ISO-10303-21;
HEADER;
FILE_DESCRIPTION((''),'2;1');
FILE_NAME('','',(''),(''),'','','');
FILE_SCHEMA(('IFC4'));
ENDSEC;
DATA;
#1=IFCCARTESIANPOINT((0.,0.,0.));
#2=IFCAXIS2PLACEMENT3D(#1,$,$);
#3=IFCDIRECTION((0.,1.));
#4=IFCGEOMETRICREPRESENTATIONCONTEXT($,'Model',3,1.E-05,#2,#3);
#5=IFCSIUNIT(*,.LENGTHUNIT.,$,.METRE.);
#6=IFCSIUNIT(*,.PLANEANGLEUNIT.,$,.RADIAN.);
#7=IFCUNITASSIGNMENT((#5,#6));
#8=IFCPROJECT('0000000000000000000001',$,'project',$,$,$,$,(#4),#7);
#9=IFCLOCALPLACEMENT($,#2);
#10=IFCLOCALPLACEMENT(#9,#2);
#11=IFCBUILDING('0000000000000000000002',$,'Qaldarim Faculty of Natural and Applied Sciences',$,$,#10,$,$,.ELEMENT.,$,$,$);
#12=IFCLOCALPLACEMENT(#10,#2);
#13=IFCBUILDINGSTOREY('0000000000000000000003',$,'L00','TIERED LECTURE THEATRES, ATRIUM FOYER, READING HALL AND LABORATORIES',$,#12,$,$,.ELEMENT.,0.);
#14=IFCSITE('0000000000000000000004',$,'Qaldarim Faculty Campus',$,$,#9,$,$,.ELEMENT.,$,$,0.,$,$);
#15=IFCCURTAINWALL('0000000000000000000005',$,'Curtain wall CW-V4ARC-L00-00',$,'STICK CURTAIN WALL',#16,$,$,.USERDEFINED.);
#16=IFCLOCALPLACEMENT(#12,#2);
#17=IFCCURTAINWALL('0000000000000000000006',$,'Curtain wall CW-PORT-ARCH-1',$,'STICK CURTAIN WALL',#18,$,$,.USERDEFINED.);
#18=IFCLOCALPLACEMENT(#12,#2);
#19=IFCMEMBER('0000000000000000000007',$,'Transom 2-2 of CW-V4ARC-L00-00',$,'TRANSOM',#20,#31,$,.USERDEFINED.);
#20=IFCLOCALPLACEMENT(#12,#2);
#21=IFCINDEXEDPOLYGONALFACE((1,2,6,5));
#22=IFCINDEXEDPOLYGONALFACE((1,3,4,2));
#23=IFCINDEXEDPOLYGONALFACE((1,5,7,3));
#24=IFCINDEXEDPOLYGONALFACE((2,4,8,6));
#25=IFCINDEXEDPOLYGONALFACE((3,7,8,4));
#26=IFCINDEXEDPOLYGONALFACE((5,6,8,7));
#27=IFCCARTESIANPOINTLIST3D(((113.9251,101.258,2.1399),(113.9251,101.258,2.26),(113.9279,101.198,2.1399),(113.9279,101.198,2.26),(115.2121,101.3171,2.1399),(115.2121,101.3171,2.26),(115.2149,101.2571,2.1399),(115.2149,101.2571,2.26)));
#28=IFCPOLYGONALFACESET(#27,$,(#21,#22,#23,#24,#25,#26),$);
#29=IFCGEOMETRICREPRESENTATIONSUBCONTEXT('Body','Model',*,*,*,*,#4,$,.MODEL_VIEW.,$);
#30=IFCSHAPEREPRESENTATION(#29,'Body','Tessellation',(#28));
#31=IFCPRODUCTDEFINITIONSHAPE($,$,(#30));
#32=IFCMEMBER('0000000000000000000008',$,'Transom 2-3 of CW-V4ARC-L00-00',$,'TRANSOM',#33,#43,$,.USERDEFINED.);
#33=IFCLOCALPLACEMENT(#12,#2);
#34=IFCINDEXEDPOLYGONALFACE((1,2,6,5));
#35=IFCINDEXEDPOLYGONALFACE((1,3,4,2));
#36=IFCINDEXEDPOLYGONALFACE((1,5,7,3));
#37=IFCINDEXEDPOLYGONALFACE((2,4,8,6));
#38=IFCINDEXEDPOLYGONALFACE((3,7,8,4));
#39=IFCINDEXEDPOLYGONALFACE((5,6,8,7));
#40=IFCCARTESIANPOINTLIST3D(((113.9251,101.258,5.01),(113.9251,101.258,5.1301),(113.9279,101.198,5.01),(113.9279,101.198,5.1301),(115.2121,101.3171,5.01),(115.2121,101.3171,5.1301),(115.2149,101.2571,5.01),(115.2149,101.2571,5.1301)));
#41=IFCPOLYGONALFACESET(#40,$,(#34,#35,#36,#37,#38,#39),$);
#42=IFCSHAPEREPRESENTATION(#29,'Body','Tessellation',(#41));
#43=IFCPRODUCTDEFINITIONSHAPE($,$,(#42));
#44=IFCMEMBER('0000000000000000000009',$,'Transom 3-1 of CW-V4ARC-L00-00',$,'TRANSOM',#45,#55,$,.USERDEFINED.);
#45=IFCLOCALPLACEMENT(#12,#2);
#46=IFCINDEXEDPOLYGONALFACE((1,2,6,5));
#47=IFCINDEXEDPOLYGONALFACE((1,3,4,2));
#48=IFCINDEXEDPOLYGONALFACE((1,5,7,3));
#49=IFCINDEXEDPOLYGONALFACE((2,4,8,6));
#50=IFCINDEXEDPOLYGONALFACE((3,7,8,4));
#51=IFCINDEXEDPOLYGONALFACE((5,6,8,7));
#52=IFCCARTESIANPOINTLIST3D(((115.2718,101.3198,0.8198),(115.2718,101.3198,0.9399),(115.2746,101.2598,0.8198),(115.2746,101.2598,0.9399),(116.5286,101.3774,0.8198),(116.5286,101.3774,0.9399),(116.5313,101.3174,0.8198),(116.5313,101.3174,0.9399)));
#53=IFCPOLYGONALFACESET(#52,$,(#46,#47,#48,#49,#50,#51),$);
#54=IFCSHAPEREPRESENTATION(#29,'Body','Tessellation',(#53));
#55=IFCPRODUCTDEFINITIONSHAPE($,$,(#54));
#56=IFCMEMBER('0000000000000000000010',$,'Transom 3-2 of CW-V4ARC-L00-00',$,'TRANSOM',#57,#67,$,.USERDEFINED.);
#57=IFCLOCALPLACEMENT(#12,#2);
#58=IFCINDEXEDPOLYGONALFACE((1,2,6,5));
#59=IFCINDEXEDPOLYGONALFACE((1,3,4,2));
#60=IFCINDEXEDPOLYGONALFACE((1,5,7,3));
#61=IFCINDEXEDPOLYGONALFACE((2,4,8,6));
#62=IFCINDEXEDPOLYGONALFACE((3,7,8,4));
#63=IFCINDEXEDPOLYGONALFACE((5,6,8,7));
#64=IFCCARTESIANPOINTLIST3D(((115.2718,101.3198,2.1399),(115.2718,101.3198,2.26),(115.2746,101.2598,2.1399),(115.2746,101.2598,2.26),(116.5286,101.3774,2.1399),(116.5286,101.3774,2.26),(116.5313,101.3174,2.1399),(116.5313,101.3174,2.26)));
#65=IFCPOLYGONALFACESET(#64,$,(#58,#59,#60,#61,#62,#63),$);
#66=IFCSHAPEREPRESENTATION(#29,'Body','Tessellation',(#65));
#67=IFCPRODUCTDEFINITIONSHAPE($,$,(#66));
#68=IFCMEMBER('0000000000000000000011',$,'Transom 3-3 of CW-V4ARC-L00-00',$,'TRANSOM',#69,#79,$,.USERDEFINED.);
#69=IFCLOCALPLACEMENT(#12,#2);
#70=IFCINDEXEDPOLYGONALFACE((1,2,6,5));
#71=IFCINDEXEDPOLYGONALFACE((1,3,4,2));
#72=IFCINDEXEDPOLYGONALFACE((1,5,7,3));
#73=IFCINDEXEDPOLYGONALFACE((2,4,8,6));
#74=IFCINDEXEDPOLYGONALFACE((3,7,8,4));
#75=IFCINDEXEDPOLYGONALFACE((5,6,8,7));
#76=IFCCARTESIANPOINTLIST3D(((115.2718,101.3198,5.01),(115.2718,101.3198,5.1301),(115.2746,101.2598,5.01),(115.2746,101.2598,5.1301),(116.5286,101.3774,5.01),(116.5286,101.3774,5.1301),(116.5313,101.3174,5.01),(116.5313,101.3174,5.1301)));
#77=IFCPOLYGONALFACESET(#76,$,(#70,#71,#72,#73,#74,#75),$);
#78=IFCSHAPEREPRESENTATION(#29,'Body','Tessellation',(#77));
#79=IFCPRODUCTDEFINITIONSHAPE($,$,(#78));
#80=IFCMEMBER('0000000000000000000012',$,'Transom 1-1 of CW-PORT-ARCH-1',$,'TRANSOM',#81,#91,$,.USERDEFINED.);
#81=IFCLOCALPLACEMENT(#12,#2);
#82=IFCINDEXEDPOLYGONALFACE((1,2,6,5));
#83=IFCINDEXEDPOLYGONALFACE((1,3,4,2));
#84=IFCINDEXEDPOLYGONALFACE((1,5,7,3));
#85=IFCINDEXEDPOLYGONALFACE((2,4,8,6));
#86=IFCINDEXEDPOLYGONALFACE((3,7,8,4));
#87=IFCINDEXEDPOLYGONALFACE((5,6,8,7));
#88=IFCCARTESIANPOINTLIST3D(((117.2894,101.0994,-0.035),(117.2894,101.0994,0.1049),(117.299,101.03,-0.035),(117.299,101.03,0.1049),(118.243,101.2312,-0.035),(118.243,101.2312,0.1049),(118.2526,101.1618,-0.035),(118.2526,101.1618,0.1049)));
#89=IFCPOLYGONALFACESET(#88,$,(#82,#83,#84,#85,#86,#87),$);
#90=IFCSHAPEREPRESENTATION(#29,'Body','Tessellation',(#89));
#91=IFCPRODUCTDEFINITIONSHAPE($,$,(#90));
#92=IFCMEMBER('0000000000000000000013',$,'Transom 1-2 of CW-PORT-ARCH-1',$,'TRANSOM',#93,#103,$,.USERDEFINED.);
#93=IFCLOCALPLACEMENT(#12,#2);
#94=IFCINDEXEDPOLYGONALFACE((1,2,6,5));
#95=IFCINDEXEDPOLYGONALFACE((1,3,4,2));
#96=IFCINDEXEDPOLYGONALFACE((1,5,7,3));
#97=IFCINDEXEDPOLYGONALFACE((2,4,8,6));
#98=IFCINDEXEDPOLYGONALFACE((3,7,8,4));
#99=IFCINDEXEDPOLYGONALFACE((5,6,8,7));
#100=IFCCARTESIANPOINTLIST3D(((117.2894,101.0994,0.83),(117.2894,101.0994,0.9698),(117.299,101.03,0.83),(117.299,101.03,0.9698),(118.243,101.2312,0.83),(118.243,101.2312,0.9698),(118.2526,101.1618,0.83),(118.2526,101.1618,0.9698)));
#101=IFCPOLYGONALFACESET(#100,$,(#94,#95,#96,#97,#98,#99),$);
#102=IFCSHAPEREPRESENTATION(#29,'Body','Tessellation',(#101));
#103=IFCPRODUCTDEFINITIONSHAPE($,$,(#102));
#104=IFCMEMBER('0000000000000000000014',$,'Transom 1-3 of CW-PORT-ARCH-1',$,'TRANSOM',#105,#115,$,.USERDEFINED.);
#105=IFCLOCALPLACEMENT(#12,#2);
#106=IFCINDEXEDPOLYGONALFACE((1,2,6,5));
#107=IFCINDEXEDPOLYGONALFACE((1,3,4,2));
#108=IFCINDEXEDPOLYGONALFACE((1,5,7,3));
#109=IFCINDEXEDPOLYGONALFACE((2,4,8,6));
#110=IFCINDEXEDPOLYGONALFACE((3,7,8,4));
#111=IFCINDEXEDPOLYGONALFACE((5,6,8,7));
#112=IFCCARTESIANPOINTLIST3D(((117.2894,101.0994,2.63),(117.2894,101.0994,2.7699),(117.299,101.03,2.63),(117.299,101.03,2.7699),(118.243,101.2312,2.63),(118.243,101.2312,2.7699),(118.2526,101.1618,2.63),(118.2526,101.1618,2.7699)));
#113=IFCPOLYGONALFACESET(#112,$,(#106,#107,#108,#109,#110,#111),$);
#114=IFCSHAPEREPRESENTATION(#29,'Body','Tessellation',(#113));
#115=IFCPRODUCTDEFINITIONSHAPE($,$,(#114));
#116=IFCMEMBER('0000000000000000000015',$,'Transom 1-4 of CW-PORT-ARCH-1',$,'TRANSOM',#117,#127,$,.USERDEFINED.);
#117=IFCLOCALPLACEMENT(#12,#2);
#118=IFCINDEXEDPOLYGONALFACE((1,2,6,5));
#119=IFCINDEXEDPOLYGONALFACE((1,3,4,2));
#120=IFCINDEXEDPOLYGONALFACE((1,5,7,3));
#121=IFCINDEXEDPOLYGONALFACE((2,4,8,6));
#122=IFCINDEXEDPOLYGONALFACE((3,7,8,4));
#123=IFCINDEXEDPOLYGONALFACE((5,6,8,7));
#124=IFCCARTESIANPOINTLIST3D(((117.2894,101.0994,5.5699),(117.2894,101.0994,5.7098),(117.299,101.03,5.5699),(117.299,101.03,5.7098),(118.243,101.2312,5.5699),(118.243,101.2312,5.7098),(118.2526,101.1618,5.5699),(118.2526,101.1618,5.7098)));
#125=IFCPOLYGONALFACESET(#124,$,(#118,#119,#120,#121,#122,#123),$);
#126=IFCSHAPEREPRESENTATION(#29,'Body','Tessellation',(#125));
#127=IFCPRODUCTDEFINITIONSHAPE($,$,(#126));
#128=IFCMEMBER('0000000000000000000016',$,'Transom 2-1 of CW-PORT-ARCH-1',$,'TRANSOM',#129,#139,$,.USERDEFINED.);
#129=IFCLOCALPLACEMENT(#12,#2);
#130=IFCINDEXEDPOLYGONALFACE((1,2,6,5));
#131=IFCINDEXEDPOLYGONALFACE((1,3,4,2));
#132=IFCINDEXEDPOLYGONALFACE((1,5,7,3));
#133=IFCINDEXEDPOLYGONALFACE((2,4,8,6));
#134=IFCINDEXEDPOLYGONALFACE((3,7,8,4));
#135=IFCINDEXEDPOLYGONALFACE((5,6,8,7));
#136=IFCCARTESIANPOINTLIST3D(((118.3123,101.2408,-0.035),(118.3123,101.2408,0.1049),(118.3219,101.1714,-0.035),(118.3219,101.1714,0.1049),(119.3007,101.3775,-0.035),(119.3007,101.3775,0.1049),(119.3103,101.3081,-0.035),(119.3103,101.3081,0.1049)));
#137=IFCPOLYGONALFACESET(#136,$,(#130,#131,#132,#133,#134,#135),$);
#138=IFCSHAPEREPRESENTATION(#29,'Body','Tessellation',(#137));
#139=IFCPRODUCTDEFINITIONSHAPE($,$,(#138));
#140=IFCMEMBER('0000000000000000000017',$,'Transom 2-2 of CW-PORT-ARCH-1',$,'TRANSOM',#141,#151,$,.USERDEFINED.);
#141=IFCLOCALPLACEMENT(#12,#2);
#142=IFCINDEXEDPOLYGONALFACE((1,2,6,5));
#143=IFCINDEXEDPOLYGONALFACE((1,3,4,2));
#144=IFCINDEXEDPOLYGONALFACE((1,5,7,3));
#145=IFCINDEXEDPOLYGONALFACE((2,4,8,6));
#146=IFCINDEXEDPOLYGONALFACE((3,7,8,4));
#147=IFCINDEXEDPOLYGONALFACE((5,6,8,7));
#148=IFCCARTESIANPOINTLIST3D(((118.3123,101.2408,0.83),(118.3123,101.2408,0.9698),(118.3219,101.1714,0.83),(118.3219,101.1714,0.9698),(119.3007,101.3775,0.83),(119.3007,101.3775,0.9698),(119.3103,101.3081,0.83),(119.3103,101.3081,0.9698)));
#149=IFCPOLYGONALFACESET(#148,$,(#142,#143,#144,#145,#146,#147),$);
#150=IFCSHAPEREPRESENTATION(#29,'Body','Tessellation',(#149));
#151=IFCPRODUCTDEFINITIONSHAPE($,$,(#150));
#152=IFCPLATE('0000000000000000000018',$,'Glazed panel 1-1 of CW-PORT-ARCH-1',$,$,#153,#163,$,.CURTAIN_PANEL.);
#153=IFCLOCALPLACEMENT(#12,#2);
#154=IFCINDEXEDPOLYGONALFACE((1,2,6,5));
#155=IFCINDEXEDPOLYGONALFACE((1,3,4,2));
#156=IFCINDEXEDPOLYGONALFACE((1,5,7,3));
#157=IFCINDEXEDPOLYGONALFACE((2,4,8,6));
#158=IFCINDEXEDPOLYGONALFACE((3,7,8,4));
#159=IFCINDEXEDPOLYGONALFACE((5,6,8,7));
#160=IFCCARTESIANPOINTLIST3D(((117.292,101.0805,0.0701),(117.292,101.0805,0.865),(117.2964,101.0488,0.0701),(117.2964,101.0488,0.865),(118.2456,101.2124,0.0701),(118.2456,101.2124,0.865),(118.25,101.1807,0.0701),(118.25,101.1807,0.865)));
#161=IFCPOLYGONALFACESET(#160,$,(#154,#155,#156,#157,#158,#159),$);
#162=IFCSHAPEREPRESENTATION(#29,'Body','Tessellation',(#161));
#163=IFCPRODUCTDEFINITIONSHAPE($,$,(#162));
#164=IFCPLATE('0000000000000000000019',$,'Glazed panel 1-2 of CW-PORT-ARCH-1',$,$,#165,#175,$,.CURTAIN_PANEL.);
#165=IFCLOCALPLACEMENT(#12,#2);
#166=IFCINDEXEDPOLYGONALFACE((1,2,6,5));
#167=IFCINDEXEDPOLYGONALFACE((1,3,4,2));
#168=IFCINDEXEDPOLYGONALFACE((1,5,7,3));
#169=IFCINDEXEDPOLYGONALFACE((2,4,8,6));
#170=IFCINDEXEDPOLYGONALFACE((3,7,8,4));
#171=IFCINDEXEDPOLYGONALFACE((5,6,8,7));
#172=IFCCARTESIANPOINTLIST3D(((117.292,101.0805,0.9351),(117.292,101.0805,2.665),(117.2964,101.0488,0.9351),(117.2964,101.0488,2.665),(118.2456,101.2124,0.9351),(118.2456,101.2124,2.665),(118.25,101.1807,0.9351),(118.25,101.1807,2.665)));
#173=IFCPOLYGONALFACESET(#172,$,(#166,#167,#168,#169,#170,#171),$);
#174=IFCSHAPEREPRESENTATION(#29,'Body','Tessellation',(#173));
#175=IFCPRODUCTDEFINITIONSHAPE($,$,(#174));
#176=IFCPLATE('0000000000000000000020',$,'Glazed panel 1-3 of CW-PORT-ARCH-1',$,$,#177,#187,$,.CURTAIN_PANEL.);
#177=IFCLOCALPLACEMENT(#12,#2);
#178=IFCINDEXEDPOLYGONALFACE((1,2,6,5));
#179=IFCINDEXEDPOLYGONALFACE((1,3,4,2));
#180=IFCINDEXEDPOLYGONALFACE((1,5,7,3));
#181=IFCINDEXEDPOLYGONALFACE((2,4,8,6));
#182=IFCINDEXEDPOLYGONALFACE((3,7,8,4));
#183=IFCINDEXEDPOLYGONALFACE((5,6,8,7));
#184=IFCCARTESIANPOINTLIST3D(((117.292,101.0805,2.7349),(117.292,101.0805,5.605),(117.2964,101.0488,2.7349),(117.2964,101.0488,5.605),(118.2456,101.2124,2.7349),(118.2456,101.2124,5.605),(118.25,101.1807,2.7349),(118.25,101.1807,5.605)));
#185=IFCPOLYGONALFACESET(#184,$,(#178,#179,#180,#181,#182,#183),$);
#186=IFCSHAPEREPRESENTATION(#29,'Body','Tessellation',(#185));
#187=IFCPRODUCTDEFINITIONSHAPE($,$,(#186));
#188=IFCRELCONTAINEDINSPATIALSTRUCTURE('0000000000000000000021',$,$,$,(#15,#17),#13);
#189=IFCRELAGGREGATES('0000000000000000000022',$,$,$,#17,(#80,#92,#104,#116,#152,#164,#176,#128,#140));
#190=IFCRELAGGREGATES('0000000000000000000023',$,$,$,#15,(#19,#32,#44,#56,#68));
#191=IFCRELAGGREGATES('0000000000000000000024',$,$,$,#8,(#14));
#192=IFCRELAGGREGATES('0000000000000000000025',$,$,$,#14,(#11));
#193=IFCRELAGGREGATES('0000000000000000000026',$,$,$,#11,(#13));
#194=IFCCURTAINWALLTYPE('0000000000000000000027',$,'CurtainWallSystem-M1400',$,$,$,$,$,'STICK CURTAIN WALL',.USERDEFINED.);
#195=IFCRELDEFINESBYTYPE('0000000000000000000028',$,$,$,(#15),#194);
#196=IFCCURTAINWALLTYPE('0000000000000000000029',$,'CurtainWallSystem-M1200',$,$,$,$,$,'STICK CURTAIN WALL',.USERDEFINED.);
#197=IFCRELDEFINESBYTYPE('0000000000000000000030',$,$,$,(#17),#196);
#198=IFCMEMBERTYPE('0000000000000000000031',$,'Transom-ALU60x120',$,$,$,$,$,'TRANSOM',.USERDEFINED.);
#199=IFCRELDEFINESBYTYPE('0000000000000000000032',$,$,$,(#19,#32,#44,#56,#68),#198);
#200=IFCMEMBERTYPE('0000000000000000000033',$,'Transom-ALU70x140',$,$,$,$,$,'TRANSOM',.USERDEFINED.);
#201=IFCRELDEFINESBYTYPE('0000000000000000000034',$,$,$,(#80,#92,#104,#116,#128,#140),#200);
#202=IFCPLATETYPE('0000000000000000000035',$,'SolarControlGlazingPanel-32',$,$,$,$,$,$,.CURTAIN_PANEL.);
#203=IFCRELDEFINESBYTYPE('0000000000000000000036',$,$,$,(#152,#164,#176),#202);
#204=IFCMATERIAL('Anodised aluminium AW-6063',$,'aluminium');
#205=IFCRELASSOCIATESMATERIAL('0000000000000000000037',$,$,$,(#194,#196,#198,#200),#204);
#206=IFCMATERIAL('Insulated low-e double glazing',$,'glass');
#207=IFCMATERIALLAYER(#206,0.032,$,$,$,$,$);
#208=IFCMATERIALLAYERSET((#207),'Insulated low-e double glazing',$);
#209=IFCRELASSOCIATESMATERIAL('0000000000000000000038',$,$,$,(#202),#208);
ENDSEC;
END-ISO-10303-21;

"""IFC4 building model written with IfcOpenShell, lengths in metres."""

from ifc_helpers import new_model, si_unit, direction, frame, origin, origin_2d, place, context, subcontext, project, spatial, rectangle, extrude, material, layer, layer_set, material_profile, profile_set, type_object, element, aggregate, save


model = new_model("IFC4")

# Units and contexts
model_context = context("Model", 3, precision=1e-05, world=origin(), true_north=direction((0.0, 1.0)))
body_context = subcontext(model_context, "Body", "Model", "MODEL_VIEW")
ifc_project = project(units=[si_unit("LENGTHUNIT", "METRE"), si_unit("PLANEANGLEUNIT", "RADIAN")], contexts=[model_context])

# Site, building, storey
site_placement = place(None, origin())
site = spatial("IfcSite", under=ifc_project, at=site_placement, Name="Qaldarim Faculty Campus", CompositionType="ELEMENT", RefElevation=0.0)
building_placement = place(site_placement, origin())
building = spatial("IfcBuilding", under=site, at=building_placement, Name="Qaldarim Faculty of Natural and Applied Sciences", CompositionType="ELEMENT")
storey_placement = place(building_placement, origin())
storey = spatial("IfcBuildingStorey", under=building, at=storey_placement, Name="L00", Description="TIERED LECTURE THEATRES, ATRIUM FOYER, READING HALL AND LABORATORIES", CompositionType="ELEMENT", Elevation=0.0)

# Curtain walls
ifc_material_1 = material(Name="Anodised aluminium AW-6063", Category="aluminium")
curtain_wall_type_1 = type_object("IfcCurtainWallType", Name="CurtainWallSystem-M1400", ElementType="STICK CURTAIN WALL", PredefinedType="USERDEFINED", material=ifc_material_1)
curtain_wall_1_placement = place(storey_placement, origin())
curtain_wall_1 = element("IfcCurtainWall", 1, at=curtain_wall_1_placement, inside=storey, type_object=curtain_wall_type_1, Name="Curtain wall CW-V4ARC-L00-00", ObjectType="STICK CURTAIN WALL", PredefinedType="USERDEFINED")
curtain_wall_type_2 = type_object("IfcCurtainWallType", Name="CurtainWallSystem-M1200", ElementType="STICK CURTAIN WALL", PredefinedType="USERDEFINED", material=ifc_material_1)
curtain_wall_2_placement = place(storey_placement, origin())
curtain_wall_2 = element("IfcCurtainWall", 2, at=curtain_wall_2_placement, inside=storey, type_object=curtain_wall_type_2, Name="Curtain wall CW-PORT-ARCH-1", ObjectType="STICK CURTAIN WALL", PredefinedType="USERDEFINED")

# Members
ifc_material_profile_1 = material_profile(ifc_material_1, rectangle(XDim=0.0601, YDim=0.1201, at=origin_2d()), Name="ALU-T60x120")
ifc_profile_set_1 = profile_set([ifc_material_profile_1], Name="Anodised aluminium AW-6063")
member_type_1 = type_object("IfcMemberType", Name="Transom-ALU60x120", ElementType="TRANSOM", PredefinedType="USERDEFINED", material=ifc_profile_set_1)
member_1_placement = place(storey_placement, frame((113.9265, 101.228, 2.2), z_axis=(0.998948, 0.045863, 0.0), x_axis=(-0.045863, 0.998948, 0.0)))
member_1 = element("IfcMember", 3, at=member_1_placement, type_object=member_type_1, Name="Transom 2-2 of CW-V4ARC-L00-00", ObjectType="TRANSOM", PredefinedType="USERDEFINED", context=body_context, shape_type="SweptSolid", body=[
    extrude(rectangle(XDim=0.0601, YDim=0.1201, at=origin_2d()), origin(), (0.0, 0.0, 1.0), 1.2883),
])
member_2_placement = place(storey_placement, frame((113.9265, 101.228, 5.0701), z_axis=(0.998948, 0.045863, 0.0), x_axis=(-0.045863, 0.998948, 0.0)))
member_2 = element("IfcMember", 4, at=member_2_placement, type_object=member_type_1, Name="Transom 2-3 of CW-V4ARC-L00-00", ObjectType="TRANSOM", PredefinedType="USERDEFINED", context=body_context, shape_type="SweptSolid", body=[
    extrude(rectangle(XDim=0.0601, YDim=0.1201, at=origin_2d()), origin(), (0.0, 0.0, 1.0), 1.2883),
])
member_3_placement = place(storey_placement, frame((115.2732, 101.2898, 0.8799), z_axis=(0.998951, 0.045795, 0.0), x_axis=(-0.045795, 0.998951, 0.0)))
member_3 = element("IfcMember", 5, at=member_3_placement, type_object=member_type_1, Name="Transom 3-1 of CW-V4ARC-L00-00", ObjectType="TRANSOM", PredefinedType="USERDEFINED", context=body_context, shape_type="SweptSolid", body=[
    extrude(rectangle(XDim=0.0601, YDim=0.1201, at=origin_2d()), origin(), (0.0, 0.0, 1.0), 1.2581),
])
member_4_placement = place(storey_placement, frame((115.2732, 101.2898, 2.2), z_axis=(0.998951, 0.045795, 0.0), x_axis=(-0.045795, 0.998951, 0.0)))
member_4 = element("IfcMember", 6, at=member_4_placement, type_object=member_type_1, Name="Transom 3-2 of CW-V4ARC-L00-00", ObjectType="TRANSOM", PredefinedType="USERDEFINED", context=body_context, shape_type="SweptSolid", body=[
    extrude(rectangle(XDim=0.0601, YDim=0.1201, at=origin_2d()), origin(), (0.0, 0.0, 1.0), 1.2581),
])
member_5_placement = place(storey_placement, frame((115.2732, 101.2898, 5.0701), z_axis=(0.998951, 0.045795, 0.0), x_axis=(-0.045795, 0.998951, 0.0)))
member_5 = element("IfcMember", 7, at=member_5_placement, type_object=member_type_1, Name="Transom 3-3 of CW-V4ARC-L00-00", ObjectType="TRANSOM", PredefinedType="USERDEFINED", context=body_context, shape_type="SweptSolid", body=[
    extrude(rectangle(XDim=0.0601, YDim=0.1201, at=origin_2d()), origin(), (0.0, 0.0, 1.0), 1.2581),
])
ifc_material_profile_2 = material_profile(ifc_material_1, rectangle(XDim=0.0701, YDim=0.1399, at=origin_2d()), Name="ALU-T70x140")
ifc_profile_set_2 = profile_set([ifc_material_profile_2], Name="Anodised aluminium AW-6063")
member_type_2 = type_object("IfcMemberType", Name="Transom-ALU70x140", ElementType="TRANSOM", PredefinedType="USERDEFINED", material=ifc_profile_set_2)
member_6_placement = place(storey_placement, frame((117.2942, 101.0647, 0.0349), z_axis=(0.990578, 0.136946, 0.0), x_axis=(-0.136946, 0.990578, 0.0)))
member_6 = element("IfcMember", 8, at=member_6_placement, type_object=member_type_2, Name="Transom 1-1 of CW-PORT-ARCH-1", ObjectType="TRANSOM", PredefinedType="USERDEFINED", context=body_context, shape_type="SweptSolid", body=[
    extrude(rectangle(XDim=0.0701, YDim=0.1399, at=origin_2d()), origin(), (0.0, 0.0, 1.0), 0.9626),
])
member_7_placement = place(storey_placement, frame((117.2942, 101.0647, 0.8999), z_axis=(0.990578, 0.136946, 0.0), x_axis=(-0.136946, 0.990578, 0.0)))
member_7 = element("IfcMember", 9, at=member_7_placement, type_object=member_type_2, Name="Transom 1-2 of CW-PORT-ARCH-1", ObjectType="TRANSOM", PredefinedType="USERDEFINED", context=body_context, shape_type="SweptSolid", body=[
    extrude(rectangle(XDim=0.0701, YDim=0.1399, at=origin_2d()), origin(), (0.0, 0.0, 1.0), 0.9626),
])
member_8_placement = place(storey_placement, frame((117.2942, 101.0647, 2.7), z_axis=(0.990578, 0.136946, 0.0), x_axis=(-0.136946, 0.990578, 0.0)))
member_8 = element("IfcMember", 10, at=member_8_placement, type_object=member_type_2, Name="Transom 1-3 of CW-PORT-ARCH-1", ObjectType="TRANSOM", PredefinedType="USERDEFINED", context=body_context, shape_type="SweptSolid", body=[
    extrude(rectangle(XDim=0.0701, YDim=0.1399, at=origin_2d()), origin(), (0.0, 0.0, 1.0), 0.9626),
])
member_9_placement = place(storey_placement, frame((117.2942, 101.0647, 5.6399), z_axis=(0.990578, 0.136946, 0.0), x_axis=(-0.136946, 0.990578, 0.0)))
member_9 = element("IfcMember", 11, at=member_9_placement, type_object=member_type_2, Name="Transom 1-4 of CW-PORT-ARCH-1", ObjectType="TRANSOM", PredefinedType="USERDEFINED", context=body_context, shape_type="SweptSolid", body=[
    extrude(rectangle(XDim=0.0701, YDim=0.1399, at=origin_2d()), origin(), (0.0, 0.0, 1.0), 0.9626),
])
member_10_placement = place(storey_placement, frame((118.3171, 101.2061, 0.0349), z_axis=(0.990566, 0.137035, 0.0), x_axis=(-0.137035, 0.990566, 0.0)))
member_10 = element("IfcMember", 12, at=member_10_placement, type_object=member_type_2, Name="Transom 2-1 of CW-PORT-ARCH-1", ObjectType="TRANSOM", PredefinedType="USERDEFINED", context=body_context, shape_type="SweptSolid", body=[
    extrude(rectangle(XDim=0.0701, YDim=0.1399, at=origin_2d()), origin(), (0.0, 0.0, 1.0), 0.9978),
])
member_11_placement = place(storey_placement, frame((118.3171, 101.2061, 0.8999), z_axis=(0.990566, 0.137035, 0.0), x_axis=(-0.137035, 0.990566, 0.0)))
member_11 = element("IfcMember", 13, at=member_11_placement, type_object=member_type_2, Name="Transom 2-2 of CW-PORT-ARCH-1", ObjectType="TRANSOM", PredefinedType="USERDEFINED", context=body_context, shape_type="SweptSolid", body=[
    extrude(rectangle(XDim=0.0701, YDim=0.1399, at=origin_2d()), origin(), (0.0, 0.0, 1.0), 0.9978),
])

# Plates
ifc_material_2 = material(Name="Insulated low-e double glazing", Category="glass")
ifc_layer_1 = layer(ifc_material_2, 0.032)
ifc_layer_set_1 = layer_set([ifc_layer_1], Name="Insulated low-e double glazing")
plate_type_1 = type_object("IfcPlateType", Name="SolarControlGlazingPanel-32", PredefinedType="CURTAIN_PANEL", material=ifc_layer_set_1)
plate_1_placement = place(storey_placement, frame((117.771, 101.1306, 0.0701), z_axis=(0.0, 0.0, 1.0), x_axis=(0.990572, 0.136995, 0.0)))
plate_1 = element("IfcPlate", 14, at=plate_1_placement, type_object=plate_type_1, Name="Glazed panel 1-1 of CW-PORT-ARCH-1", PredefinedType="CURTAIN_PANEL", context=body_context, shape_type="SweptSolid", body=[
    extrude(rectangle(XDim=0.9626, YDim=0.032, at=origin_2d()), origin(), (0.0, 0.0, 1.0), 0.7949),
])
plate_2_placement = place(storey_placement, frame((117.771, 101.1306, 0.9351), z_axis=(0.0, 0.0, 1.0), x_axis=(0.990572, 0.136995, 0.0)))
plate_2 = element("IfcPlate", 15, at=plate_2_placement, type_object=plate_type_1, Name="Glazed panel 1-2 of CW-PORT-ARCH-1", PredefinedType="CURTAIN_PANEL", context=body_context, shape_type="SweptSolid", body=[
    extrude(rectangle(XDim=0.9626, YDim=0.032, at=origin_2d()), origin(), (0.0, 0.0, 1.0), 1.73),
])
plate_3_placement = place(storey_placement, frame((117.771, 101.1306, 2.7349), z_axis=(0.0, 0.0, 1.0), x_axis=(0.990572, 0.136995, 0.0)))
plate_3 = element("IfcPlate", 16, at=plate_3_placement, type_object=plate_type_1, Name="Glazed panel 1-3 of CW-PORT-ARCH-1", PredefinedType="CURTAIN_PANEL", context=body_context, shape_type="SweptSolid", body=[
    extrude(rectangle(XDim=0.9626, YDim=0.032, at=origin_2d()), origin(), (0.0, 0.0, 1.0), 2.8701),
])
aggregate(curtain_wall_2, [member_6, member_7, member_8, member_9, plate_1, plate_2, plate_3, member_10, member_11])
aggregate(curtain_wall_1, [member_1, member_2, member_3, member_4, member_5])

save(model, "model.ifc")
